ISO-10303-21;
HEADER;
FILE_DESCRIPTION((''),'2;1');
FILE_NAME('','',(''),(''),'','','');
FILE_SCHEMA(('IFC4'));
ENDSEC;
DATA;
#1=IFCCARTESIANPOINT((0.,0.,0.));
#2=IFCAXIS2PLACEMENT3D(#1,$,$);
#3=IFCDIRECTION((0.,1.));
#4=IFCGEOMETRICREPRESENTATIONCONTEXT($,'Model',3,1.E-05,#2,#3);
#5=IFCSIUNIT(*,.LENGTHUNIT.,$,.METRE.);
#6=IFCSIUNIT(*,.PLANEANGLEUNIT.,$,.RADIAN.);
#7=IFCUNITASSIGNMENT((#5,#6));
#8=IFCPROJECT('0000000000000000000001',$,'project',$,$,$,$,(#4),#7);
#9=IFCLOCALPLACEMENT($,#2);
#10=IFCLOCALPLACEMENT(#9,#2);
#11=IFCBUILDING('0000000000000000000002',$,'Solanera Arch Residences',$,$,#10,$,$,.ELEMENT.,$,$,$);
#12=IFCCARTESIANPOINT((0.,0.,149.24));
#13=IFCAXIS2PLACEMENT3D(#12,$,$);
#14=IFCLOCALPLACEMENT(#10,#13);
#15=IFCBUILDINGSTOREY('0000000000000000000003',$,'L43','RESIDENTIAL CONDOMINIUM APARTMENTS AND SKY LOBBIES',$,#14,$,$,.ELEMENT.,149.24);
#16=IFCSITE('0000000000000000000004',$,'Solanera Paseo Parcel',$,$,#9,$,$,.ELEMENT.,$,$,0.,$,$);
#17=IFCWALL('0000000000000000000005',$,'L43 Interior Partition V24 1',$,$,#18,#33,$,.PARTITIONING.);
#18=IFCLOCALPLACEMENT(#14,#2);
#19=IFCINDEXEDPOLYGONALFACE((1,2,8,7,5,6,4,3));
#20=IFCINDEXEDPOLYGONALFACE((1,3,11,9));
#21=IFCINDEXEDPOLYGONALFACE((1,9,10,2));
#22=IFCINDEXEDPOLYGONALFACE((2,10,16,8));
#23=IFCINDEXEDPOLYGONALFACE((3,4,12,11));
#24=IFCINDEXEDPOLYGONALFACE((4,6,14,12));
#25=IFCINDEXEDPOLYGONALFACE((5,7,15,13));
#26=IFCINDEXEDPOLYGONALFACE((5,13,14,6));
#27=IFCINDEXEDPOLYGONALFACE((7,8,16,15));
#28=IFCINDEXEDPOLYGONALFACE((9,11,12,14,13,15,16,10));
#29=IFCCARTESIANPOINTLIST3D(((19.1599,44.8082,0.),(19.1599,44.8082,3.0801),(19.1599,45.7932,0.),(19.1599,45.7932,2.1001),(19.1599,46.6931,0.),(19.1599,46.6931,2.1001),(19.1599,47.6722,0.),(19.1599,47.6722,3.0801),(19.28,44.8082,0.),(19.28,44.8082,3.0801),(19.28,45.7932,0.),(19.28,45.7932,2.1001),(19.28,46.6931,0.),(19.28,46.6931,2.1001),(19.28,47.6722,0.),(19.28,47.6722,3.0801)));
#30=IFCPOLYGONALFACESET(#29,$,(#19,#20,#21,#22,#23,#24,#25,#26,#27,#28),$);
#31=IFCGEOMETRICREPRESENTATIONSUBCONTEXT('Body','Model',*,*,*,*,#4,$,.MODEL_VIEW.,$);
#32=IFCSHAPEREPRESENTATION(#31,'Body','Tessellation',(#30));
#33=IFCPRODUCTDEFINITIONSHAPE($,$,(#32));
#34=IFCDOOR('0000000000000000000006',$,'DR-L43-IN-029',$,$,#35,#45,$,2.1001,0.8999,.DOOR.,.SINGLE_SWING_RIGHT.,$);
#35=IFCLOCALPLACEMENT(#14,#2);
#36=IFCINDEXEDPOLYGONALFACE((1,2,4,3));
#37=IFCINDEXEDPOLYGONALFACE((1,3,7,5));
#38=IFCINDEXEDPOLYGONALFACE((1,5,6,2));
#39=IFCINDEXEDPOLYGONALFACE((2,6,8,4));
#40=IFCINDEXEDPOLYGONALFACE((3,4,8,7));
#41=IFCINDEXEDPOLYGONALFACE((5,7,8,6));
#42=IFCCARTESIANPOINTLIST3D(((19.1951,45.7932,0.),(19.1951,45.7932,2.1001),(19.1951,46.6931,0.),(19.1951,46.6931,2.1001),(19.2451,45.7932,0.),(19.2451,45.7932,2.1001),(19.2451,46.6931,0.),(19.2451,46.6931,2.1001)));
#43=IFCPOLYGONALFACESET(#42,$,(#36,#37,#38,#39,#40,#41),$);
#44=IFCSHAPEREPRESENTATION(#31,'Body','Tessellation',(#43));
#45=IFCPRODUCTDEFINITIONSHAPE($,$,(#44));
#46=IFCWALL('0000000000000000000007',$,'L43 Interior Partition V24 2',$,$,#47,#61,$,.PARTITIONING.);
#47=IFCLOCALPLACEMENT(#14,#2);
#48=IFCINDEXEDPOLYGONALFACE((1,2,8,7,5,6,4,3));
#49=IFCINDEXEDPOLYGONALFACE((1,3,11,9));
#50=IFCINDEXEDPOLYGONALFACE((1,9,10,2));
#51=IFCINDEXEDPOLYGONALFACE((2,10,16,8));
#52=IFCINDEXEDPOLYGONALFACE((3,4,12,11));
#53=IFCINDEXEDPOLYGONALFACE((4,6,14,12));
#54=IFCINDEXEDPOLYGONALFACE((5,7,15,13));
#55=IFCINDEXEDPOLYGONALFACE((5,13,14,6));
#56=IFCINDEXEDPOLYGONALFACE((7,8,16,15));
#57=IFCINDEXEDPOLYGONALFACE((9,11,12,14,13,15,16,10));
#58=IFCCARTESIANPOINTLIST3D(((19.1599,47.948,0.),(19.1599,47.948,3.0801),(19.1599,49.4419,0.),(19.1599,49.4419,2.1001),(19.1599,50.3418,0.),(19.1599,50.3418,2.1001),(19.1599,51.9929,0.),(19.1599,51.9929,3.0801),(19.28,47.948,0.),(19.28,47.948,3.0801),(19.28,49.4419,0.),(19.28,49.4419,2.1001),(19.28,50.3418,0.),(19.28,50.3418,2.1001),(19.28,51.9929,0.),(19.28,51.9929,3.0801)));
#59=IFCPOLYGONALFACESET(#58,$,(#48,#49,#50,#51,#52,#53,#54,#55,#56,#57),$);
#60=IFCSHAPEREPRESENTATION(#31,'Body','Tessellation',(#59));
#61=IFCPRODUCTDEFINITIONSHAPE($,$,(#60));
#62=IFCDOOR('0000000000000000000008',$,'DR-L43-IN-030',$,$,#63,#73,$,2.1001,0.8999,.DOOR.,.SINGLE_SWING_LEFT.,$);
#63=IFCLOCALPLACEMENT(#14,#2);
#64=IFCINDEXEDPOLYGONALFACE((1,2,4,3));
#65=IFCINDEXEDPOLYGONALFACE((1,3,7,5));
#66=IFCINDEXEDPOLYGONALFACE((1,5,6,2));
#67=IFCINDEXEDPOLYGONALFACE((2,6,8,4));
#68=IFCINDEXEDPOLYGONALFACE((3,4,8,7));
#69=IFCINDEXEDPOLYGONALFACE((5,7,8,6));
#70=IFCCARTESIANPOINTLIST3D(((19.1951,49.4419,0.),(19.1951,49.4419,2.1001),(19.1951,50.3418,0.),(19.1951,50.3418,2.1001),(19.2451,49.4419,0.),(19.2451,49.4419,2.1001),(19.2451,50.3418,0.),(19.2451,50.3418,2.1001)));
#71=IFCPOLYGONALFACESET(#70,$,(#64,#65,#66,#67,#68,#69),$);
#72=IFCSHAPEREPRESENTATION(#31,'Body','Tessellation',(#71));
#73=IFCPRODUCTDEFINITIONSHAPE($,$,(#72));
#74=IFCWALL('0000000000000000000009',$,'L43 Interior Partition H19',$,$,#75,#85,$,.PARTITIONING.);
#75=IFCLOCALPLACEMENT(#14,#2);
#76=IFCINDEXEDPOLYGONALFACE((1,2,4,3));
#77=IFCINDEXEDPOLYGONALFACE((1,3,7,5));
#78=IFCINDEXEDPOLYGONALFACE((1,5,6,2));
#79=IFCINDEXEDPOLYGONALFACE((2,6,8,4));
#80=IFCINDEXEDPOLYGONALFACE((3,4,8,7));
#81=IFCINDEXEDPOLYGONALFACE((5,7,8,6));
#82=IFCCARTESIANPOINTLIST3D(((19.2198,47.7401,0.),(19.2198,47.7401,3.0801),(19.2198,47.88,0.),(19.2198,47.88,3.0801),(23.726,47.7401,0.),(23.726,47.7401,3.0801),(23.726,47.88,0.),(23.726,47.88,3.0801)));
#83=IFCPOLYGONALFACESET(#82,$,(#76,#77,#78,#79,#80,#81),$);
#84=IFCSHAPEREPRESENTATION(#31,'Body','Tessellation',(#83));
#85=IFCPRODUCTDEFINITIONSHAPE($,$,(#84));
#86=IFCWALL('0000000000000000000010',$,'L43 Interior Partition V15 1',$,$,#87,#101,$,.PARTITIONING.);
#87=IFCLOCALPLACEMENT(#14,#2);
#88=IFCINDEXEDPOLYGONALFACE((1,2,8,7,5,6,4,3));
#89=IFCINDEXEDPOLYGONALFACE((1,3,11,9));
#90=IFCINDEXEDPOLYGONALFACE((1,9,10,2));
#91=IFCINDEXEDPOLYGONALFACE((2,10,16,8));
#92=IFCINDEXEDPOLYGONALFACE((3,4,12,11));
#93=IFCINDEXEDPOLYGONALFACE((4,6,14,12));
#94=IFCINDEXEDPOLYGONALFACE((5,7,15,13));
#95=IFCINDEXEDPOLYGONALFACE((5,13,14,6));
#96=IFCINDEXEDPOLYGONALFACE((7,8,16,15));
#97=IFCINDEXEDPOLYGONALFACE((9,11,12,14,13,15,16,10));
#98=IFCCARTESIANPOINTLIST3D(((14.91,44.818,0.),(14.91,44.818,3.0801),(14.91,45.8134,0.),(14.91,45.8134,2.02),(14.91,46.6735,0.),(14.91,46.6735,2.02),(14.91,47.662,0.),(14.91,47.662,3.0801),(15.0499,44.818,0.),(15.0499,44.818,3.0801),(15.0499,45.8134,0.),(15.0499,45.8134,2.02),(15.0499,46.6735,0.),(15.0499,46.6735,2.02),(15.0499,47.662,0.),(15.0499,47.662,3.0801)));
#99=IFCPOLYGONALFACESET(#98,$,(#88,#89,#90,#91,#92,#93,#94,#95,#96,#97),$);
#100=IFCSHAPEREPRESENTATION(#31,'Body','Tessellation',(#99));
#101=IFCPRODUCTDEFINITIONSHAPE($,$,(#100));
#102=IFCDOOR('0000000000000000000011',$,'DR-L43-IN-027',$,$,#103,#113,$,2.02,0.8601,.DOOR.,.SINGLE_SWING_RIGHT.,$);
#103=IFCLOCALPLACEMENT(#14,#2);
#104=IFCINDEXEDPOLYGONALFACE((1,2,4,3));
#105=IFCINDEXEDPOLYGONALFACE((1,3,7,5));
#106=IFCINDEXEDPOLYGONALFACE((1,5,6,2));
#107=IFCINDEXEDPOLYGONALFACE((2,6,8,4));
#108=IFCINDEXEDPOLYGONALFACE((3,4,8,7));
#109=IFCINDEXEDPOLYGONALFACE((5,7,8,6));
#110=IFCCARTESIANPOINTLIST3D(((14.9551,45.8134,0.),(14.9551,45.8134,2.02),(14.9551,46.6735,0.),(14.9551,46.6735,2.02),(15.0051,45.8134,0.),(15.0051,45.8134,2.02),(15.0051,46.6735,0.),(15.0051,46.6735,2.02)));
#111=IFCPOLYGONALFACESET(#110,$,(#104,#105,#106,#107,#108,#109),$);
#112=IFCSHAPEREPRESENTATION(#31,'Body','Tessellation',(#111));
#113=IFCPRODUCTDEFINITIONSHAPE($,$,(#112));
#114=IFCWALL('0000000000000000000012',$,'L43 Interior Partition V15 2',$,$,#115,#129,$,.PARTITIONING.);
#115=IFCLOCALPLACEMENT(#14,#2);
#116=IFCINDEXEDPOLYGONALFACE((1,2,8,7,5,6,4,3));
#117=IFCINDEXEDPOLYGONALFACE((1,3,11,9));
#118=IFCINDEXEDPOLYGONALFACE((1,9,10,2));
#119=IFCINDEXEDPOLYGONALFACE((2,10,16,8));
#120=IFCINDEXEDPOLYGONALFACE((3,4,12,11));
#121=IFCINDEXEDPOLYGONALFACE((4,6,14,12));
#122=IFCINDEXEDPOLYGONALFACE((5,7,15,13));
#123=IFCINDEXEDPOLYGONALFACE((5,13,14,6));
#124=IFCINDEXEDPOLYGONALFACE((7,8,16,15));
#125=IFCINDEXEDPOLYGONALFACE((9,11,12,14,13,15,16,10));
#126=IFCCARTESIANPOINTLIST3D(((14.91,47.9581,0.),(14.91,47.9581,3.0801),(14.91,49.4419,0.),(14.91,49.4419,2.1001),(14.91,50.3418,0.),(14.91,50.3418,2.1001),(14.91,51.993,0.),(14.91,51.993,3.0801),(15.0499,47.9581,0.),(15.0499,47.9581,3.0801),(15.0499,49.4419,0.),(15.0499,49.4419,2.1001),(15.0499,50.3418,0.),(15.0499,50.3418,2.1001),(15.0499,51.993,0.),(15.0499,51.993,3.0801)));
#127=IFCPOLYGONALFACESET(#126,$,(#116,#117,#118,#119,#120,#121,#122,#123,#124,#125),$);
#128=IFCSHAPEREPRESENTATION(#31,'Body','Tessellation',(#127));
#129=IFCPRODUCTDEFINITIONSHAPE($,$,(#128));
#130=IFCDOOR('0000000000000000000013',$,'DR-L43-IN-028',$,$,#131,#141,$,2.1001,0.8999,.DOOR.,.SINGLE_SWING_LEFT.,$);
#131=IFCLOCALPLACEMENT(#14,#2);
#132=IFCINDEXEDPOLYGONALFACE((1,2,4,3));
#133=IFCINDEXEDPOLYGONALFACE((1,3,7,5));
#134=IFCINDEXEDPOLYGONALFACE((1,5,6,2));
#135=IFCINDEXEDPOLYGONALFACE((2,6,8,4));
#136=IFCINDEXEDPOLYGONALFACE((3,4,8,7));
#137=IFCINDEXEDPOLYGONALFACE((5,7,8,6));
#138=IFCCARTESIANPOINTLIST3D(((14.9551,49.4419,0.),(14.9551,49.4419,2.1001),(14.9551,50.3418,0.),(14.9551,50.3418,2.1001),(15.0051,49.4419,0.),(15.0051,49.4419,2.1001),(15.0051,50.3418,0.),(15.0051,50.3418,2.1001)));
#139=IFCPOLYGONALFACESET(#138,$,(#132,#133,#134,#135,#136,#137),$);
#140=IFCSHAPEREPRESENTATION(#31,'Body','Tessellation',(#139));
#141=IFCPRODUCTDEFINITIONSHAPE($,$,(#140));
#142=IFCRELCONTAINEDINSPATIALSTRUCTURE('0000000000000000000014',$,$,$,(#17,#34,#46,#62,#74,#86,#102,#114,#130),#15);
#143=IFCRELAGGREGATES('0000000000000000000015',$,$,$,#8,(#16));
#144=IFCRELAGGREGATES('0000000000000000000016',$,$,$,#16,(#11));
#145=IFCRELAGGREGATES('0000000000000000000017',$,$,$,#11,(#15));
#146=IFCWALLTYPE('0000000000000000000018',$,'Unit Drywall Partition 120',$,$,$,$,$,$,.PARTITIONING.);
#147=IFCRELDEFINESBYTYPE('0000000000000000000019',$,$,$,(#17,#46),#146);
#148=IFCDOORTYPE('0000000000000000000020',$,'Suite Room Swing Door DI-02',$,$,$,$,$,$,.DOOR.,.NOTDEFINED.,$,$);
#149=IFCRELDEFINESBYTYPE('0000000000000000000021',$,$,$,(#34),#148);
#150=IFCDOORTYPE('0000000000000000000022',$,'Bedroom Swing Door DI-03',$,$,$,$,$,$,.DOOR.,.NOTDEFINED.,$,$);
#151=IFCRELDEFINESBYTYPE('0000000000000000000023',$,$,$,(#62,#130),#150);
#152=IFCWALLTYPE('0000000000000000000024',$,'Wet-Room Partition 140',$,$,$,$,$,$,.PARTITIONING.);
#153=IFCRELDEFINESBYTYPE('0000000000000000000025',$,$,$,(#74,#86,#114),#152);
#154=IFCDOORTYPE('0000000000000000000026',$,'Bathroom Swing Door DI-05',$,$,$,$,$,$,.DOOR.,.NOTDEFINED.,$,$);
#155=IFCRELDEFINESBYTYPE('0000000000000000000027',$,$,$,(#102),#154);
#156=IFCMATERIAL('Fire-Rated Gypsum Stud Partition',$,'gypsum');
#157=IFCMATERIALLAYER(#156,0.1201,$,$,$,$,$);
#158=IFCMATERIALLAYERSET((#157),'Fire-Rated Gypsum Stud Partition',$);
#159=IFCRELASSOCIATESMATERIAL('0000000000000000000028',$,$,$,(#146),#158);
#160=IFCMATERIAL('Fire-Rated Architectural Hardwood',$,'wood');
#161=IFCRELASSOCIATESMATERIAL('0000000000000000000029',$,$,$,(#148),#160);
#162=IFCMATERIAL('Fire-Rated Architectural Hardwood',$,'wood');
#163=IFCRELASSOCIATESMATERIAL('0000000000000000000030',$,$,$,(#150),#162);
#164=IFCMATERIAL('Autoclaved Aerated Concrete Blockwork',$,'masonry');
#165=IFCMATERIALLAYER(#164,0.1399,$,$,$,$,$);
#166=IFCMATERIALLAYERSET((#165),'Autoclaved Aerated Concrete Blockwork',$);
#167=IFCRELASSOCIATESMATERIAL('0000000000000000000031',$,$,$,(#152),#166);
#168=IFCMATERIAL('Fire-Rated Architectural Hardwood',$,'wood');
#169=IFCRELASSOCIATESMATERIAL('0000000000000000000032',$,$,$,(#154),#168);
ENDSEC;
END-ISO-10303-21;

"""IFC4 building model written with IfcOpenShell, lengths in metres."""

from ifc_helpers import new_model, si_unit, direction, frame, frame_2d, origin, place, context, subcontext, project, spatial, rectangle, extrude, material, layer, layer_set, type_object, element, fill, save


model = new_model("IFC4")

# Units and contexts
model_context = context("Model", 3, precision=1e-05, world=origin(), true_north=direction((0.0, 1.0)))
body_context = subcontext(model_context, "Body", "Model", "MODEL_VIEW")
ifc_project = project(units=[si_unit("LENGTHUNIT", "METRE"), si_unit("PLANEANGLEUNIT", "RADIAN")], contexts=[model_context])

# Site, building, storey
site_placement = place(None, origin())
site = spatial("IfcSite", under=ifc_project, at=site_placement, Name="Solanera Paseo Parcel", CompositionType="ELEMENT", RefElevation=0.0)
building_placement = place(site_placement, origin())
building = spatial("IfcBuilding", under=site, at=building_placement, Name="Solanera Arch Residences", CompositionType="ELEMENT")
storey_placement = place(building_placement, frame((0.0, 0.0, 149.24)))
storey = spatial("IfcBuildingStorey", under=building, at=storey_placement, Name="L43", Description="RESIDENTIAL CONDOMINIUM APARTMENTS AND SKY LOBBIES", CompositionType="ELEMENT", Elevation=149.24)

# Walls, openings, doors
ifc_material_1 = material(Name="Fire-Rated Gypsum Stud Partition", Category="gypsum")
ifc_layer_1 = layer(ifc_material_1, 0.1201)
ifc_layer_set_1 = layer_set([ifc_layer_1], Name="Fire-Rated Gypsum Stud Partition")
wall_type_1 = type_object("IfcWallType", Name="Unit Drywall Partition 120", PredefinedType="PARTITIONING", material=ifc_layer_set_1)
wall_1_placement = place(storey_placement, frame((19.22, 44.8081, 0.0), z_axis=(0.0, 0.0, 1.0), x_axis=(0.0, 1.0, 0.0)))
wall_1 = element("IfcWall", 1, at=wall_1_placement, inside=storey, type_object=wall_type_1, Name="L43 Interior Partition V24 1", PredefinedType="PARTITIONING", context=body_context, shape_type="SweptSolid", body=[
    extrude(rectangle(XDim=2.864, YDim=0.1201, at=frame_2d((1.4321, 0.0))), origin(), (0.0, 0.0, 1.0), 3.0801),
])
opening_1_placement = place(wall_1_placement, frame((0.9851, 0.0, 0.0)))
opening_1 = element("IfcOpeningElement", 2, at=opening_1_placement, cuts=wall_1, PredefinedType="OPENING", context=body_context, shape_type="SweptSolid", body=[
    extrude(rectangle(XDim=0.8999, YDim=2.1001, at=frame_2d((0.45, 1.05))), frame((0.0, 0.0701, 0.0), z_axis=(0.0, -1.0, 0.0), x_axis=(1.0, 0.0, 0.0)), (0.0, 0.0, 1.0), 0.1401),
])
ifc_material_2 = material(Name="Fire-Rated Architectural Hardwood", Category="wood")
door_type_1 = type_object("IfcDoorType", Name="Suite Room Swing Door DI-02", OperationType="NOTDEFINED", PredefinedType="DOOR", material=ifc_material_2)
door_1_placement = place(opening_1_placement, origin())
door_1 = element("IfcDoor", 3, at=door_1_placement, inside=storey, type_object=door_type_1, Name="DR-L43-IN-029", OperationType="SINGLE_SWING_RIGHT", OverallHeight=2.1001, OverallWidth=0.8999, PredefinedType="DOOR", context=body_context, shape_type="SweptSolid", body=[
    extrude(rectangle(XDim=0.8999, YDim=2.1001, at=frame_2d((0.45, 1.05))), frame((0.0, 0.0249, 0.0), z_axis=(0.0, -1.0, 0.0), x_axis=(1.0, 0.0, 0.0)), (0.0, 0.0, 1.0), 0.05),
])
fill(opening_1, door_1)
wall_2_placement = place(storey_placement, frame((19.22, 47.948, 0.0), z_axis=(0.0, 0.0, 1.0), x_axis=(0.0, 1.0, 0.0)))
wall_2 = element("IfcWall", 4, at=wall_2_placement, inside=storey, type_object=wall_type_1, Name="L43 Interior Partition V24 2", PredefinedType="PARTITIONING", context=body_context, shape_type="SweptSolid", body=[
    extrude(rectangle(XDim=4.0449, YDim=0.1201, at=frame_2d((2.0225, 0.0))), origin(), (0.0, 0.0, 1.0), 3.0801),
])
opening_2_placement = place(wall_2_placement, frame((1.4939, 0.0, 0.0)))
opening_2 = element("IfcOpeningElement", 5, at=opening_2_placement, cuts=wall_2, PredefinedType="OPENING", context=body_context, shape_type="SweptSolid", body=[
    extrude(rectangle(XDim=0.8999, YDim=2.1001, at=frame_2d((0.45, 1.05))), frame((0.0, 0.0701, 0.0), z_axis=(0.0, -1.0, 0.0), x_axis=(1.0, 0.0, 0.0)), (0.0, 0.0, 1.0), 0.1401),
])
ifc_material_3 = material(Name="Fire-Rated Architectural Hardwood", Category="wood")
door_type_2 = type_object("IfcDoorType", Name="Bedroom Swing Door DI-03", OperationType="NOTDEFINED", PredefinedType="DOOR", material=ifc_material_3)
door_2_placement = place(opening_2_placement, origin())
door_2 = element("IfcDoor", 6, at=door_2_placement, inside=storey, type_object=door_type_2, Name="DR-L43-IN-030", OperationType="SINGLE_SWING_LEFT", OverallHeight=2.1001, OverallWidth=0.8999, PredefinedType="DOOR", context=body_context, shape_type="SweptSolid", body=[
    extrude(rectangle(XDim=0.8999, YDim=2.1001, at=frame_2d((0.45, 1.05))), frame((0.0, 0.0249, 0.0), z_axis=(0.0, -1.0, 0.0), x_axis=(1.0, 0.0, 0.0)), (0.0, 0.0, 1.0), 0.05),
])
fill(opening_2, door_2)

# Wall
ifc_material_4 = material(Name="Autoclaved Aerated Concrete Blockwork", Category="masonry")
ifc_layer_2 = layer(ifc_material_4, 0.1399)
ifc_layer_set_2 = layer_set([ifc_layer_2], Name="Autoclaved Aerated Concrete Blockwork")
wall_type_2 = type_object("IfcWallType", Name="Wet-Room Partition 140", PredefinedType="PARTITIONING", material=ifc_layer_set_2)
wall_3_placement = place(storey_placement, frame((19.22, 47.8101, 0.0), z_axis=(0.0, 0.0, 1.0), x_axis=(1.0, 0.0, 0.0)))
element("IfcWall", 7, at=wall_3_placement, inside=storey, type_object=wall_type_2, Name="L43 Interior Partition H19", PredefinedType="PARTITIONING", context=body_context, shape_type="SweptSolid", body=[
    extrude(rectangle(XDim=4.5061, YDim=0.1399, at=frame_2d((2.2529, 0.0))), origin(), (0.0, 0.0, 1.0), 3.0801),
])

# Walls, openings, doors
wall_4_placement = place(storey_placement, frame((14.98, 44.8181, 0.0), z_axis=(0.0, 0.0, 1.0), x_axis=(0.0, 1.0, 0.0)))
wall_4 = element("IfcWall", 8, at=wall_4_placement, inside=storey, type_object=wall_type_2, Name="L43 Interior Partition V15 1", PredefinedType="PARTITIONING", context=body_context, shape_type="SweptSolid", body=[
    extrude(rectangle(XDim=2.844, YDim=0.1399, at=frame_2d((1.4219, 0.0))), origin(), (0.0, 0.0, 1.0), 3.0801),
])
opening_3_placement = place(wall_4_placement, frame((0.9951, 0.0, 0.0)))
opening_3 = element("IfcOpeningElement", 9, at=opening_3_placement, cuts=wall_4, PredefinedType="OPENING", context=body_context, shape_type="SweptSolid", body=[
    extrude(rectangle(XDim=0.8601, YDim=2.02, at=frame_2d((0.4302, 1.01))), frame((0.0, 0.0798, 0.0), z_axis=(0.0, -1.0, 0.0), x_axis=(1.0, 0.0, 0.0)), (0.0, 0.0, 1.0), 0.1599),
])
ifc_material_5 = material(Name="Fire-Rated Architectural Hardwood", Category="wood")
door_type_3 = type_object("IfcDoorType", Name="Bathroom Swing Door DI-05", OperationType="NOTDEFINED", PredefinedType="DOOR", material=ifc_material_5)
door_3_placement = place(opening_3_placement, origin())
door_3 = element("IfcDoor", 10, at=door_3_placement, inside=storey, type_object=door_type_3, Name="DR-L43-IN-027", OperationType="SINGLE_SWING_RIGHT", OverallHeight=2.02, OverallWidth=0.8601, PredefinedType="DOOR", context=body_context, shape_type="SweptSolid", body=[
    extrude(rectangle(XDim=0.8601, YDim=2.02, at=frame_2d((0.4302, 1.01))), frame((0.0, 0.0249, 0.0), z_axis=(0.0, -1.0, 0.0), x_axis=(1.0, 0.0, 0.0)), (0.0, 0.0, 1.0), 0.05),
])
fill(opening_3, door_3)
wall_5_placement = place(storey_placement, frame((14.98, 47.958, 0.0), z_axis=(0.0, 0.0, 1.0), x_axis=(0.0, 1.0, 0.0)))
wall_5 = element("IfcWall", 11, at=wall_5_placement, inside=storey, type_object=wall_type_2, Name="L43 Interior Partition V15 2", PredefinedType="PARTITIONING", context=body_context, shape_type="SweptSolid", body=[
    extrude(rectangle(XDim=4.0349, YDim=0.1399, at=frame_2d((2.0176, 0.0))), origin(), (0.0, 0.0, 1.0), 3.0801),
])
opening_4_placement = place(wall_5_placement, frame((1.4839, 0.0, 0.0)))
opening_4 = element("IfcOpeningElement", 12, at=opening_4_placement, cuts=wall_5, PredefinedType="OPENING", context=body_context, shape_type="SweptSolid", body=[
    extrude(rectangle(XDim=0.8999, YDim=2.1001, at=frame_2d((0.45, 1.05))), frame((0.0, 0.0798, 0.0), z_axis=(0.0, -1.0, 0.0), x_axis=(1.0, 0.0, 0.0)), (0.0, 0.0, 1.0), 0.1599),
])
door_4_placement = place(opening_4_placement, origin())
door_4 = element("IfcDoor", 13, at=door_4_placement, inside=storey, type_object=door_type_2, Name="DR-L43-IN-028", OperationType="SINGLE_SWING_LEFT", OverallHeight=2.1001, OverallWidth=0.8999, PredefinedType="DOOR", context=body_context, shape_type="SweptSolid", body=[
    extrude(rectangle(XDim=0.8999, YDim=2.1001, at=frame_2d((0.45, 1.05))), frame((0.0, 0.0249, 0.0), z_axis=(0.0, -1.0, 0.0), x_axis=(1.0, 0.0, 0.0)), (0.0, 0.0, 1.0), 0.05),
])
fill(opening_4, door_4)

save(model, "model.ifc")
